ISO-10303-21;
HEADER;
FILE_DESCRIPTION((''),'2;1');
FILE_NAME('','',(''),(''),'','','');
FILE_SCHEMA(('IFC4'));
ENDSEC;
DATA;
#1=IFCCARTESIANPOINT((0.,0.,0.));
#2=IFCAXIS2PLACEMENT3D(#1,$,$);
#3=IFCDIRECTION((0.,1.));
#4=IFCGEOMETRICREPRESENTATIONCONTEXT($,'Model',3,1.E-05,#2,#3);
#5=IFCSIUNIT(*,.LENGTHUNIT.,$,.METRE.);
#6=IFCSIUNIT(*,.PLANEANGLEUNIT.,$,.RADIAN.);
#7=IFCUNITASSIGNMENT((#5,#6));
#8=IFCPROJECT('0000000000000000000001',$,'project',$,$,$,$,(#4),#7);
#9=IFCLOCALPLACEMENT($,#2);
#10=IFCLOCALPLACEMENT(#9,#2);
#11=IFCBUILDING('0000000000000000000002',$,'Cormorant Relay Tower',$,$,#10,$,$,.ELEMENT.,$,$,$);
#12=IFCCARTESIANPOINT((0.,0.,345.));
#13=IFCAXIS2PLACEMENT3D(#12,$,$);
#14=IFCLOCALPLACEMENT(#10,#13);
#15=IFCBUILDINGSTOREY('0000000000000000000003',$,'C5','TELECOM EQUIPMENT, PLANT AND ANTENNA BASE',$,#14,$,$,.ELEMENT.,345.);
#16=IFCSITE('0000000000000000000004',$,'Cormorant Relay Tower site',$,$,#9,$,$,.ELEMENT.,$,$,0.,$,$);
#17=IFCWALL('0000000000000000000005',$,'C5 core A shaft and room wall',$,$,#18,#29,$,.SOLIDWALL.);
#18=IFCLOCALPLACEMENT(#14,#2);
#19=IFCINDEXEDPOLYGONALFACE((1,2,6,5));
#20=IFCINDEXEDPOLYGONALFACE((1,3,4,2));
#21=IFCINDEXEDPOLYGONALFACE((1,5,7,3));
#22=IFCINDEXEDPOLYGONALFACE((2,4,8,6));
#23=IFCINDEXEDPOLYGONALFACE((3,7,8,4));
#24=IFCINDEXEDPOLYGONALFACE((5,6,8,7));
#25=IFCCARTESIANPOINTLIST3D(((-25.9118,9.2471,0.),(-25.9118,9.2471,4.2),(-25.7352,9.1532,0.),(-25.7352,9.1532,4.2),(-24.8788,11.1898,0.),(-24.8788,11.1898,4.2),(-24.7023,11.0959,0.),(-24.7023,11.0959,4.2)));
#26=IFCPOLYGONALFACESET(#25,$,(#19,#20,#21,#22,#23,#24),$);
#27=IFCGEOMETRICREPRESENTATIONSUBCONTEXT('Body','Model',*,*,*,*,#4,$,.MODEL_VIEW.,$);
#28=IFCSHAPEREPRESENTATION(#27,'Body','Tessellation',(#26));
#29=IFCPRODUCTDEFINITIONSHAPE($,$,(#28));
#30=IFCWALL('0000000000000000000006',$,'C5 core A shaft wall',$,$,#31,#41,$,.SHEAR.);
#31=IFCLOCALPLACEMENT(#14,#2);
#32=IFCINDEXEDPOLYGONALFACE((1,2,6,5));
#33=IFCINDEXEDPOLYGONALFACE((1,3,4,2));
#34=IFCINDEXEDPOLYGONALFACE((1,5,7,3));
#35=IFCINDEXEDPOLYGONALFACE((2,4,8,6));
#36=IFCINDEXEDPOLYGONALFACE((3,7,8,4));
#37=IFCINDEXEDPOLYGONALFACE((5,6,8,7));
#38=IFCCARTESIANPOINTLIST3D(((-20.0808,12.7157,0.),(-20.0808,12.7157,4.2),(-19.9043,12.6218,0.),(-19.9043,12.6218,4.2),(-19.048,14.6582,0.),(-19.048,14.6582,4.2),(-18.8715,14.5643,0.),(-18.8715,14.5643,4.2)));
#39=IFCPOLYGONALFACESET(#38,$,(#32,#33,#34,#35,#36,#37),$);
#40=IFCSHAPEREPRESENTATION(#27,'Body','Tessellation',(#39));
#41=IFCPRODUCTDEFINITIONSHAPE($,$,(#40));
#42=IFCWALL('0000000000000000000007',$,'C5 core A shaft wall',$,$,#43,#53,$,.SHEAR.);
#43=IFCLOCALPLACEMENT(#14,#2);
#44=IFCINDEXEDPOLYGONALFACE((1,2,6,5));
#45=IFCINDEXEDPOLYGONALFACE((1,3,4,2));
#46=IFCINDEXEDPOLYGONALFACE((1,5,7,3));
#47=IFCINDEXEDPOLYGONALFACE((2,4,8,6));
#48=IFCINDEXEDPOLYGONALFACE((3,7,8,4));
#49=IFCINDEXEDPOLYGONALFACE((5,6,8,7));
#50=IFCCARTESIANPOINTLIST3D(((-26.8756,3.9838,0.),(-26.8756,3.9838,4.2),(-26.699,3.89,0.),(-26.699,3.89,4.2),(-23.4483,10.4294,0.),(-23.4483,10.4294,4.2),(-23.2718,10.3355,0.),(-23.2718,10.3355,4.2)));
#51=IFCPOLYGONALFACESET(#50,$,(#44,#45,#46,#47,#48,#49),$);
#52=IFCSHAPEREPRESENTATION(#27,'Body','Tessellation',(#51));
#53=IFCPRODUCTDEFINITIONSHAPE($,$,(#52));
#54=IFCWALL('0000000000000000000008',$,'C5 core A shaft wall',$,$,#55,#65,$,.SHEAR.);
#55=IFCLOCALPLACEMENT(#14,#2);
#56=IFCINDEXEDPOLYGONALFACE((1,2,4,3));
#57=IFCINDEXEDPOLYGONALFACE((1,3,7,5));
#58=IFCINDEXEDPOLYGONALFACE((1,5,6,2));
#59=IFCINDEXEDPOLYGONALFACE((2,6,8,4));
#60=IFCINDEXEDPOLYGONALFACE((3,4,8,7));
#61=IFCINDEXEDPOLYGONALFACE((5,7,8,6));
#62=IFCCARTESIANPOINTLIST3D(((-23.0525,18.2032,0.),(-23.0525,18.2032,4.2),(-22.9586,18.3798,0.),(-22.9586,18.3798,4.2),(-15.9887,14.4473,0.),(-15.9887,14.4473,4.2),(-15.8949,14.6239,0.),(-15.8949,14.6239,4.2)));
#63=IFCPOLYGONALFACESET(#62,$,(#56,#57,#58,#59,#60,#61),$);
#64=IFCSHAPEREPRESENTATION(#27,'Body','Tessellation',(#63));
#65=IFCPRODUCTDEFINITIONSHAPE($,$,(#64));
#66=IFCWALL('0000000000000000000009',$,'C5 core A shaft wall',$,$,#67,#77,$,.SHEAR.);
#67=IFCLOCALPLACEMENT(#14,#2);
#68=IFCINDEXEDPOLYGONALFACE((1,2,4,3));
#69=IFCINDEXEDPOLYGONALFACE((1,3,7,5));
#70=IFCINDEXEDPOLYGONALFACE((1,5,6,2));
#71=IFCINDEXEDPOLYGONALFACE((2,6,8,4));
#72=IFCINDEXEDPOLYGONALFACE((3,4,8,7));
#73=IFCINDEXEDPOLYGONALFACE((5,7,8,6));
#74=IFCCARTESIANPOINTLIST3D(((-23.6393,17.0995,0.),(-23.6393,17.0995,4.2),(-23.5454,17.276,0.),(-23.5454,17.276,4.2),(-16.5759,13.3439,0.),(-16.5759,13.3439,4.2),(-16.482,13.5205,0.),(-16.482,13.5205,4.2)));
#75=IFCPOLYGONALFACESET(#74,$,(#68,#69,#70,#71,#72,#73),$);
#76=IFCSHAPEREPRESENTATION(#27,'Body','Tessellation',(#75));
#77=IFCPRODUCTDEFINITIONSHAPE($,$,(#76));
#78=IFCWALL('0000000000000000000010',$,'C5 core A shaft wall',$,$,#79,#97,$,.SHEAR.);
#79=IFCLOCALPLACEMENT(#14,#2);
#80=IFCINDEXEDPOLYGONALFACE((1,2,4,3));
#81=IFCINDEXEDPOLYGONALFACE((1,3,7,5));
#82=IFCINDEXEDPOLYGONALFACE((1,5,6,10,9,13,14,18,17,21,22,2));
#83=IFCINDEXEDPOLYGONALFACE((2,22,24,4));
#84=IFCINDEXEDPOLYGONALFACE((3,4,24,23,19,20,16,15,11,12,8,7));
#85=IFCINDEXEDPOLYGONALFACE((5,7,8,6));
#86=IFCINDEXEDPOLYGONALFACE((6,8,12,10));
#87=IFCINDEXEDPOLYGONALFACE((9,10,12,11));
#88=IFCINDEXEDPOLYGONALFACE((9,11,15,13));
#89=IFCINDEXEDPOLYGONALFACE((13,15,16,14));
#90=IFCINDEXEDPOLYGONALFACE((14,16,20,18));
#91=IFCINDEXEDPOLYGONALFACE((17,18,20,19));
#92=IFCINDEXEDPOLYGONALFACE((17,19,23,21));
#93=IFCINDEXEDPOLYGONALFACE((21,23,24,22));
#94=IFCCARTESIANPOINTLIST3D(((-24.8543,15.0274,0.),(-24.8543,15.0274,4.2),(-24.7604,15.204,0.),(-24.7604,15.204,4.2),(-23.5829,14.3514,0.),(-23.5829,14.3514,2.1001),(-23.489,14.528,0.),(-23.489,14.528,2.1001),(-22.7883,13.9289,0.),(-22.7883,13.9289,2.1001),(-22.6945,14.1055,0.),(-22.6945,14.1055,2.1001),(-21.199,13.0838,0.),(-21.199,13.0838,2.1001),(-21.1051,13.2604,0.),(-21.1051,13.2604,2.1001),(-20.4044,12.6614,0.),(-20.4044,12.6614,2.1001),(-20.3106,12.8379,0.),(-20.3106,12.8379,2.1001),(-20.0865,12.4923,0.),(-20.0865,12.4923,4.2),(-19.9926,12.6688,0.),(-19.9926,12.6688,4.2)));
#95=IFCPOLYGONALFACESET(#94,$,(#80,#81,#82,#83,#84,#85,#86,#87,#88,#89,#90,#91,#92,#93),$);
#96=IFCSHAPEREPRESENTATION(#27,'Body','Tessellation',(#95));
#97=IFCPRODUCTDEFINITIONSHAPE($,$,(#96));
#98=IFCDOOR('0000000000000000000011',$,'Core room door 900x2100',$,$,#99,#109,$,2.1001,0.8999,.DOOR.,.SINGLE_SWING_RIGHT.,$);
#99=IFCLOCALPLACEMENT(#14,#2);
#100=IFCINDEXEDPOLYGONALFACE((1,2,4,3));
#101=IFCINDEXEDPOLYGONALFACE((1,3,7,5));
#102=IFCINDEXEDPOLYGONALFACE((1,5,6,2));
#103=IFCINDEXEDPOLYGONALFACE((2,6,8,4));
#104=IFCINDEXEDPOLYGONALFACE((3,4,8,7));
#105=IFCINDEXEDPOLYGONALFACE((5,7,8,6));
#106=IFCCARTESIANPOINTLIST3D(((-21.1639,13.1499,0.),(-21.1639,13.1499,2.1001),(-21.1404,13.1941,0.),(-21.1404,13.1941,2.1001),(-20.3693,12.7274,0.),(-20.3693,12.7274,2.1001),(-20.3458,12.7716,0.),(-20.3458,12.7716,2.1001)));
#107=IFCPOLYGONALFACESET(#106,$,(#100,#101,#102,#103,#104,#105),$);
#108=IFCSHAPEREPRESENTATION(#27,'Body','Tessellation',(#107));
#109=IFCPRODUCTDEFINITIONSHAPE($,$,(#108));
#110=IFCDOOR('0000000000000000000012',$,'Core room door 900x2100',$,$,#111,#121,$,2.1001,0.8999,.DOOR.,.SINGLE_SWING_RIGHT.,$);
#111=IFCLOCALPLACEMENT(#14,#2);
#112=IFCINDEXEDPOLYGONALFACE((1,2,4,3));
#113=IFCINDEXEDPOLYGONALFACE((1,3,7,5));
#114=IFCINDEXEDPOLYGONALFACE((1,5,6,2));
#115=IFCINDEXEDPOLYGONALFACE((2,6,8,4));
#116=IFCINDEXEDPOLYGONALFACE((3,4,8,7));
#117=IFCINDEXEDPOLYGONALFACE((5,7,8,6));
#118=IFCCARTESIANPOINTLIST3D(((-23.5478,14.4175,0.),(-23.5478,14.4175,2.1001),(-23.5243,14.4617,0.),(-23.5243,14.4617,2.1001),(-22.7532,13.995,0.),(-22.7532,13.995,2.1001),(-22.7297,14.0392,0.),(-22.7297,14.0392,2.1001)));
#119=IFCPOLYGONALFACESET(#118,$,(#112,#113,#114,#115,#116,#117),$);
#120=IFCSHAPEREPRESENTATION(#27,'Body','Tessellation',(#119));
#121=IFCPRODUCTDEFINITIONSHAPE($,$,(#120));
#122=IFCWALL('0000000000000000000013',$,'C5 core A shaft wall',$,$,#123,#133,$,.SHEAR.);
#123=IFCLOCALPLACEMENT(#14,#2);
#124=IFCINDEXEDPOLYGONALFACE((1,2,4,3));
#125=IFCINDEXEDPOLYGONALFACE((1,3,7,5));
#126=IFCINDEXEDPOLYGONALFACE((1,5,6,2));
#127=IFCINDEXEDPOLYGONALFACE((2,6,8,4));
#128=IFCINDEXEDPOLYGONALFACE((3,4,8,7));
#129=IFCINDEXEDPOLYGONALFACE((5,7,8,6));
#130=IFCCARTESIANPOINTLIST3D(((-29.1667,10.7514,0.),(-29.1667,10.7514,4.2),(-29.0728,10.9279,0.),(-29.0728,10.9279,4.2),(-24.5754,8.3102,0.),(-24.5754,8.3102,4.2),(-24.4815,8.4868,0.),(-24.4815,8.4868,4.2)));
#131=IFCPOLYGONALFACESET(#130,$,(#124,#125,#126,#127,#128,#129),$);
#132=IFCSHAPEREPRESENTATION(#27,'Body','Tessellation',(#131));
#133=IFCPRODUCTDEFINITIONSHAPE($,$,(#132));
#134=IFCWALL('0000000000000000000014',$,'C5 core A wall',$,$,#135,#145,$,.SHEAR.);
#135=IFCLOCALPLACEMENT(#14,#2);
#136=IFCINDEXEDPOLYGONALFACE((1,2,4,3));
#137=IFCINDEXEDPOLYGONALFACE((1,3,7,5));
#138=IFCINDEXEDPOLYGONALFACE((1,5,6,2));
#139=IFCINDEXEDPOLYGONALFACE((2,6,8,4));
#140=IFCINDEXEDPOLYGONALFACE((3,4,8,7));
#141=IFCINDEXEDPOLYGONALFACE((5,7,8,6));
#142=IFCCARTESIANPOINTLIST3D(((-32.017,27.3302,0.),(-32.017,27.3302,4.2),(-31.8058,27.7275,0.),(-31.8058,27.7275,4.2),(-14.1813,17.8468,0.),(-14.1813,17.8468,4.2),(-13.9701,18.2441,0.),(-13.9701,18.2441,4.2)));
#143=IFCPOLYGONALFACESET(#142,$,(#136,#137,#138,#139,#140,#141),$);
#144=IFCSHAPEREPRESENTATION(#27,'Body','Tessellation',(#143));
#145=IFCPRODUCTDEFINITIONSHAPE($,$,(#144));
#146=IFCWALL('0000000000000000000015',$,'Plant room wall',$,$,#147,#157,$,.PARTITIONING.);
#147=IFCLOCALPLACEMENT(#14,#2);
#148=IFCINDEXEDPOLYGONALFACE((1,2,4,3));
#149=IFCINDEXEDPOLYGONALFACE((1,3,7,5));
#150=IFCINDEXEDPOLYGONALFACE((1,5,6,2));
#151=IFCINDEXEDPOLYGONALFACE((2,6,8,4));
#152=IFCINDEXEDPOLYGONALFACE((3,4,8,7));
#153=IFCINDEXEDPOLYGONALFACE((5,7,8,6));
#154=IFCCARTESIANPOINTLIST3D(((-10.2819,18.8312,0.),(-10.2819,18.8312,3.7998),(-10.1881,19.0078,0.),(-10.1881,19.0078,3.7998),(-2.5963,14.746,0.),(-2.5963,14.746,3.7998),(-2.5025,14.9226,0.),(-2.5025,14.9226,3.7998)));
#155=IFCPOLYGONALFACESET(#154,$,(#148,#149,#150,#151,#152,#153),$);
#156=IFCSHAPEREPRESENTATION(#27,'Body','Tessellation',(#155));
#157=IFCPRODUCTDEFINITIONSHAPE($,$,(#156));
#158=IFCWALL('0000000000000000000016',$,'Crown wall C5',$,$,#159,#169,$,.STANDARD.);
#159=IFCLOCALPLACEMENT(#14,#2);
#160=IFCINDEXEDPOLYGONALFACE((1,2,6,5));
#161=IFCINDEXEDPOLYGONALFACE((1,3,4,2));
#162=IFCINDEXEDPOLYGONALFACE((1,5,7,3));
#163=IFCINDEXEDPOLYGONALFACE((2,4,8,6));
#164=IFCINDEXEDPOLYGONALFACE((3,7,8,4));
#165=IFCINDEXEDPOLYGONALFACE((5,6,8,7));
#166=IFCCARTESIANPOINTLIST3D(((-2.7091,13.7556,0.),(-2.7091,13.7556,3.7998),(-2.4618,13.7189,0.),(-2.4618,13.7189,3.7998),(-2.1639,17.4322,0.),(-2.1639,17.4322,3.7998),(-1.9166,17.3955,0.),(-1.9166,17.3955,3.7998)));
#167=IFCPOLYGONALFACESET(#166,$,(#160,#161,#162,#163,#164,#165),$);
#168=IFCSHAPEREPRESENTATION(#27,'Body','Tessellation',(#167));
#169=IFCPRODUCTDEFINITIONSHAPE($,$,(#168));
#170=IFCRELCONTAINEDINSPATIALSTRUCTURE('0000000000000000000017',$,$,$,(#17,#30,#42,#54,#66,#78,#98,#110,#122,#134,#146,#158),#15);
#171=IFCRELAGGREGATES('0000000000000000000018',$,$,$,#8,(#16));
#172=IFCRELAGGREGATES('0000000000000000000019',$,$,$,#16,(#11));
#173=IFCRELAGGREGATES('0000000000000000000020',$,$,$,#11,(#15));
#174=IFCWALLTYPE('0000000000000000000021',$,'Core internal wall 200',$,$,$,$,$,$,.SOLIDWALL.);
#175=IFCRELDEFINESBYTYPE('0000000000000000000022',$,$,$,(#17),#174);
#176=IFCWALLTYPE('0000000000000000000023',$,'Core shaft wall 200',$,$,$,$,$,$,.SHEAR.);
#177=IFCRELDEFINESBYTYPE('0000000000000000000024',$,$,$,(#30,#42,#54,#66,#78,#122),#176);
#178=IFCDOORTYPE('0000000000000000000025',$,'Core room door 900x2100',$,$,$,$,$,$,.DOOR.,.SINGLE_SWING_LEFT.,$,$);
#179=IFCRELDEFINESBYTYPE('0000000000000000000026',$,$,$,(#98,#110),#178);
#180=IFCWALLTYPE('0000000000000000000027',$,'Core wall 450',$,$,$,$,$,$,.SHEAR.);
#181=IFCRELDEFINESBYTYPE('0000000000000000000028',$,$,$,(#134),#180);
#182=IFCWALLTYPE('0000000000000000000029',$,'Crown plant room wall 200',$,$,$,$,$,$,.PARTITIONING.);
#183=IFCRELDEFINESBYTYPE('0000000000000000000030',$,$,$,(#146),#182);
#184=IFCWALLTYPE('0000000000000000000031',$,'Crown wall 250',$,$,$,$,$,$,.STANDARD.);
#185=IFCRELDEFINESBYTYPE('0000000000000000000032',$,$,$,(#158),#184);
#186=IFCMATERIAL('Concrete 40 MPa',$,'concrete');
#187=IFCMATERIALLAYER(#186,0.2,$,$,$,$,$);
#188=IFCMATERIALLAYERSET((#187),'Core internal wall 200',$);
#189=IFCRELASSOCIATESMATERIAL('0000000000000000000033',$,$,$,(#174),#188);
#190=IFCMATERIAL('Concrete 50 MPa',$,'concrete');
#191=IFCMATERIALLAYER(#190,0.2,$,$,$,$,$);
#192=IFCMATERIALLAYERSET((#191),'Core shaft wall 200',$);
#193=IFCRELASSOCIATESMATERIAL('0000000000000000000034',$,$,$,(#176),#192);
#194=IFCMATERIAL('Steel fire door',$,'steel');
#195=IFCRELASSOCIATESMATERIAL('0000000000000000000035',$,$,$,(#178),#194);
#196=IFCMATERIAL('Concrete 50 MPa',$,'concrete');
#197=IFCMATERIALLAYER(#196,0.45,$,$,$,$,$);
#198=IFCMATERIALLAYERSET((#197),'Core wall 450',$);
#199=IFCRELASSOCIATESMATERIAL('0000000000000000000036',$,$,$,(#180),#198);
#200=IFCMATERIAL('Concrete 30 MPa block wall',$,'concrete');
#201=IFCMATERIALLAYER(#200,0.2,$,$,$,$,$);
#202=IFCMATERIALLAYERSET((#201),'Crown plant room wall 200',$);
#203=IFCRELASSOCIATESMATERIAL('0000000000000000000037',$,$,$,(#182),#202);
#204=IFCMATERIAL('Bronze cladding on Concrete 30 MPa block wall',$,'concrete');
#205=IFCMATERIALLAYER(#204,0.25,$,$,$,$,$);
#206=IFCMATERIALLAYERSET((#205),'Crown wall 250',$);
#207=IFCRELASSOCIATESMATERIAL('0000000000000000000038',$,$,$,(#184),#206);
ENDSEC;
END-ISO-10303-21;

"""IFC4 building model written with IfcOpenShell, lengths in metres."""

from ifc_helpers import new_model, si_unit, direction, frame, frame_2d, origin, place, context, subcontext, project, spatial, rectangle, extrude, material, layer, layer_set, type_object, element, fill, save


model = new_model("IFC4")

# Units and contexts
model_context = context("Model", 3, precision=1e-05, world=origin(), true_north=direction((0.0, 1.0)))
body_context = subcontext(model_context, "Body", "Model", "MODEL_VIEW")
ifc_project = project(units=[si_unit("LENGTHUNIT", "METRE"), si_unit("PLANEANGLEUNIT", "RADIAN")], contexts=[model_context])

# Site, building, storey
site_placement = place(None, origin())
site = spatial("IfcSite", under=ifc_project, at=site_placement, Name="Cormorant Relay Tower site", CompositionType="ELEMENT", RefElevation=0.0)
building_placement = place(site_placement, origin())
building = spatial("IfcBuilding", under=site, at=building_placement, Name="Cormorant Relay Tower", CompositionType="ELEMENT")
storey_placement = place(building_placement, frame((0.0, 0.0, 345.0)))
storey = spatial("IfcBuildingStorey", under=building, at=storey_placement, Name="C5", Description="TELECOM EQUIPMENT, PLANT AND ANTENNA BASE", CompositionType="ELEMENT", Elevation=345.0)

# Walls
ifc_material_1 = material(Name="Concrete 40 MPa", Category="concrete")
ifc_layer_1 = layer(ifc_material_1, 0.2)
ifc_layer_set_1 = layer_set([ifc_layer_1], Name="Core internal wall 200")
wall_type_1 = type_object("IfcWallType", Name="Core internal wall 200", PredefinedType="SOLIDWALL", material=ifc_layer_set_1)
wall_1_placement = place(storey_placement, frame((-24.7905, 11.1428, 0.0), z_axis=(0.0, 0.0, 1.0), x_axis=(-0.469488, -0.882939, 0.0)))
element("IfcWall", 1, at=wall_1_placement, inside=storey, type_object=wall_type_1, Name="C5 core A shaft and room wall", PredefinedType="SOLIDWALL", context=body_context, shape_type="SweptSolid", body=[
    extrude(rectangle(XDim=2.2002, YDim=0.2, at=frame_2d((1.1001, 0.0))), origin(), (0.0, 0.0, 1.0), 4.2),
])
ifc_material_2 = material(Name="Concrete 50 MPa", Category="concrete")
ifc_layer_2 = layer(ifc_material_2, 0.2)
ifc_layer_set_2 = layer_set([ifc_layer_2], Name="Core shaft wall 200")
wall_type_2 = type_object("IfcWallType", Name="Core shaft wall 200", PredefinedType="SHEAR", material=ifc_layer_set_2)
wall_2_placement = place(storey_placement, frame((-18.9597, 14.6113, 0.0), z_axis=(0.0, 0.0, 1.0), x_axis=(-0.469447, -0.88296, 0.0)))
element("IfcWall", 2, at=wall_2_placement, inside=storey, type_object=wall_type_2, Name="C5 core A shaft wall", PredefinedType="SHEAR", context=body_context, shape_type="SweptSolid", body=[
    extrude(rectangle(XDim=2.2, YDim=0.2, at=frame_2d((1.1001, 0.0))), origin(), (0.0, 0.0, 1.0), 4.2),
])
wall_3_placement = place(storey_placement, frame((-23.3601, 10.3823, 0.0), z_axis=(0.0, 0.0, 1.0), x_axis=(-0.46948, -0.882943, 0.0)))
element("IfcWall", 3, at=wall_3_placement, inside=storey, type_object=wall_type_2, Name="C5 core A shaft wall", PredefinedType="SHEAR", context=body_context, shape_type="SweptSolid", body=[
    extrude(rectangle(XDim=7.3, YDim=0.2, at=frame_2d((3.6499, 0.0))), origin(), (0.0, 0.0, 1.0), 4.2),
])
wall_4_placement = place(storey_placement, frame((-15.9419, 14.5356, 0.0), z_axis=(0.0, 0.0, 1.0), x_axis=(-0.882947, 0.469473, 0.0)))
element("IfcWall", 4, at=wall_4_placement, inside=storey, type_object=wall_type_2, Name="C5 core A shaft wall", PredefinedType="SHEAR", context=body_context, shape_type="SweptSolid", body=[
    extrude(rectangle(XDim=8.0002, YDim=0.2, at=frame_2d((4.0, 0.0))), origin(), (0.0, 0.0, 1.0), 4.2),
])
wall_5_placement = place(storey_placement, frame((-16.5288, 13.4321, 0.0), z_axis=(0.0, 0.0, 1.0), x_axis=(-0.882953, 0.469462, 0.0)))
element("IfcWall", 5, at=wall_5_placement, inside=storey, type_object=wall_type_2, Name="C5 core A shaft wall", PredefinedType="SHEAR", context=body_context, shape_type="SweptSolid", body=[
    extrude(rectangle(XDim=7.9998, YDim=0.2, at=frame_2d((4.0, 0.0))), origin(), (0.0, 0.0, 1.0), 4.2),
])

# Wall, openings, doors
wall_6_placement = place(storey_placement, frame((-20.0396, 12.5806, 0.0), z_axis=(0.0, 0.0, 1.0), x_axis=(-0.882943, 0.46948, 0.0)))
wall_6 = element("IfcWall", 6, at=wall_6_placement, inside=storey, type_object=wall_type_2, Name="C5 core A shaft wall", PredefinedType="SHEAR", context=body_context, shape_type="SweptSolid", body=[
    extrude(rectangle(XDim=5.3999, YDim=0.2, at=frame_2d((2.7, 0.0))), origin(), (0.0, 0.0, 1.0), 4.2),
])
opening_1_placement = place(wall_6_placement, frame((0.3601, 0.0, 0.0)))
opening_1 = element("IfcOpeningElement", 7, at=opening_1_placement, cuts=wall_6, PredefinedType="OPENING", context=body_context, shape_type="SweptSolid", body=[
    extrude(rectangle(XDim=0.8999, YDim=2.1001, at=frame_2d((0.45, 1.05))), frame((0.0, 0.1099, 0.0), z_axis=(0.0, -1.0, 0.0), x_axis=(1.0, 0.0, 0.0)), (0.0, 0.0, 1.0), 0.22),
])
opening_2_placement = place(wall_6_placement, frame((3.0601, 0.0, 0.0)))
opening_2 = element("IfcOpeningElement", 8, at=opening_2_placement, cuts=wall_6, PredefinedType="OPENING", context=body_context, shape_type="SweptSolid", body=[
    extrude(rectangle(XDim=0.8999, YDim=2.1001, at=frame_2d((0.45, 1.05))), frame((0.0, 0.1099, 0.0), z_axis=(0.0, -1.0, 0.0), x_axis=(1.0, 0.0, 0.0)), (0.0, 0.0, 1.0), 0.22),
])
ifc_material_3 = material(Name="Steel fire door", Category="steel")
door_type_1 = type_object("IfcDoorType", Name="Core room door 900x2100", OperationType="SINGLE_SWING_LEFT", PredefinedType="DOOR", material=ifc_material_3)
door_1_placement = place(opening_1_placement, frame((0.8999, 0.0, 0.0), z_axis=(0.0, 0.0, 1.0), x_axis=(-1.0, 0.0, 0.0)))
door_1 = element("IfcDoor", 9, at=door_1_placement, inside=storey, type_object=door_type_1, Name="Core room door 900x2100", OperationType="SINGLE_SWING_RIGHT", OverallHeight=2.1001, OverallWidth=0.8999, PredefinedType="DOOR", context=body_context, shape_type="SweptSolid", body=[
    extrude(rectangle(XDim=0.8999, YDim=2.1001, at=frame_2d((0.45, 1.05))), frame((0.0, 0.0249, 0.0), z_axis=(0.0, -1.0, 0.0), x_axis=(1.0, 0.0, 0.0)), (0.0, 0.0, 1.0), 0.05),
])
fill(opening_1, door_1)
door_2_placement = place(opening_2_placement, frame((0.8999, 0.0, 0.0), z_axis=(0.0, 0.0, 1.0), x_axis=(-1.0, 0.0, 0.0)))
door_2 = element("IfcDoor", 10, at=door_2_placement, inside=storey, type_object=door_type_1, Name="Core room door 900x2100", OperationType="SINGLE_SWING_RIGHT", OverallHeight=2.1001, OverallWidth=0.8999, PredefinedType="DOOR", context=body_context, shape_type="SweptSolid", body=[
    extrude(rectangle(XDim=0.8999, YDim=2.1001, at=frame_2d((0.45, 1.05))), frame((0.0, 0.0249, 0.0), z_axis=(0.0, -1.0, 0.0), x_axis=(1.0, 0.0, 0.0)), (0.0, 0.0, 1.0), 0.05),
])
fill(opening_2, door_2)

# Wall
wall_7_placement = place(storey_placement, frame((-24.5283, 8.3984, 0.0), z_axis=(0.0, 0.0, 1.0), x_axis=(-0.882954, 0.46946, 0.0)))
element("IfcWall", 11, at=wall_7_placement, inside=storey, type_object=wall_type_2, Name="C5 core A shaft wall", PredefinedType="SHEAR", context=body_context, shape_type="SweptSolid", body=[
    extrude(rectangle(XDim=5.2, YDim=0.2, at=frame_2d((2.6001, 0.0))), origin(), (0.0, 0.0, 1.0), 4.2),
])

# Shared definitions
ifc_material_4 = material(Name="Concrete 50 MPa", Category="concrete")
ifc_layer_3 = layer(ifc_material_4, 0.45)
ifc_layer_set_3 = layer_set([ifc_layer_3], Name="Core wall 450")
wall_type_3 = type_object("IfcWallType", Name="Core wall 450", PredefinedType="SHEAR", material=ifc_layer_set_3)

# Walls
wall_8_placement = place(storey_placement, frame((-14.0757, 18.0454, 0.0), z_axis=(0.0, 0.0, 1.0), x_axis=(-0.882948, 0.469471, 0.0)))
element("IfcWall", 12, at=wall_8_placement, inside=storey, type_object=wall_type_3, Name="C5 core A wall", PredefinedType="SHEAR", context=body_context, shape_type="SweptSolid", body=[
    extrude(rectangle(XDim=20.2002, YDim=0.45, at=frame_2d((10.1001, 0.0))), origin(), (0.0, 0.0, 1.0), 4.2),
])
ifc_material_5 = material(Name="Concrete 30 MPa block wall", Category="concrete")
ifc_layer_4 = layer(ifc_material_5, 0.2)
ifc_layer_set_4 = layer_set([ifc_layer_4], Name="Crown plant room wall 200")
wall_type_4 = type_object("IfcWallType", Name="Crown plant room wall 200", PredefinedType="PARTITIONING", material=ifc_layer_set_4)
wall_9_placement = place(storey_placement, frame((-2.5493, 14.8342, 0.0), z_axis=(0.0, 0.0, 1.0), x_axis=(-0.883008, 0.469358, 0.0)))
element("IfcWall", 13, at=wall_9_placement, inside=storey, type_object=wall_type_4, Name="Plant room wall", PredefinedType="PARTITIONING", context=body_context, shape_type="SweptSolid", body=[
    extrude(rectangle(XDim=8.7039, YDim=0.2, at=frame_2d((4.3521, 0.0))), origin(), (0.0, 0.0, 1.0), 3.7998),
])
ifc_material_6 = material(Name="Bronze cladding on Concrete 30 MPa block wall", Category="concrete")
ifc_layer_5 = layer(ifc_material_6, 0.25)
ifc_layer_set_5 = layer_set([ifc_layer_5], Name="Crown wall 250")
wall_type_5 = type_object("IfcWallType", Name="Crown wall 250", PredefinedType="STANDARD", material=ifc_layer_set_5)
wall_10_placement = place(storey_placement, frame((-2.0403, 17.4138, 0.0), z_axis=(0.0, 0.0, 1.0), x_axis=(-0.14668, -0.989184, 0.0)))
element("IfcWall", 14, at=wall_10_placement, inside=storey, type_object=wall_type_5, Name="Crown wall C5", PredefinedType="STANDARD", context=body_context, shape_type="SweptSolid", body=[
    extrude(rectangle(XDim=3.7168, YDim=0.25, at=frame_2d((1.8584, 0.0))), origin(), (0.0, 0.0, 1.0), 3.7998),
])

save(model, "model.ifc")
